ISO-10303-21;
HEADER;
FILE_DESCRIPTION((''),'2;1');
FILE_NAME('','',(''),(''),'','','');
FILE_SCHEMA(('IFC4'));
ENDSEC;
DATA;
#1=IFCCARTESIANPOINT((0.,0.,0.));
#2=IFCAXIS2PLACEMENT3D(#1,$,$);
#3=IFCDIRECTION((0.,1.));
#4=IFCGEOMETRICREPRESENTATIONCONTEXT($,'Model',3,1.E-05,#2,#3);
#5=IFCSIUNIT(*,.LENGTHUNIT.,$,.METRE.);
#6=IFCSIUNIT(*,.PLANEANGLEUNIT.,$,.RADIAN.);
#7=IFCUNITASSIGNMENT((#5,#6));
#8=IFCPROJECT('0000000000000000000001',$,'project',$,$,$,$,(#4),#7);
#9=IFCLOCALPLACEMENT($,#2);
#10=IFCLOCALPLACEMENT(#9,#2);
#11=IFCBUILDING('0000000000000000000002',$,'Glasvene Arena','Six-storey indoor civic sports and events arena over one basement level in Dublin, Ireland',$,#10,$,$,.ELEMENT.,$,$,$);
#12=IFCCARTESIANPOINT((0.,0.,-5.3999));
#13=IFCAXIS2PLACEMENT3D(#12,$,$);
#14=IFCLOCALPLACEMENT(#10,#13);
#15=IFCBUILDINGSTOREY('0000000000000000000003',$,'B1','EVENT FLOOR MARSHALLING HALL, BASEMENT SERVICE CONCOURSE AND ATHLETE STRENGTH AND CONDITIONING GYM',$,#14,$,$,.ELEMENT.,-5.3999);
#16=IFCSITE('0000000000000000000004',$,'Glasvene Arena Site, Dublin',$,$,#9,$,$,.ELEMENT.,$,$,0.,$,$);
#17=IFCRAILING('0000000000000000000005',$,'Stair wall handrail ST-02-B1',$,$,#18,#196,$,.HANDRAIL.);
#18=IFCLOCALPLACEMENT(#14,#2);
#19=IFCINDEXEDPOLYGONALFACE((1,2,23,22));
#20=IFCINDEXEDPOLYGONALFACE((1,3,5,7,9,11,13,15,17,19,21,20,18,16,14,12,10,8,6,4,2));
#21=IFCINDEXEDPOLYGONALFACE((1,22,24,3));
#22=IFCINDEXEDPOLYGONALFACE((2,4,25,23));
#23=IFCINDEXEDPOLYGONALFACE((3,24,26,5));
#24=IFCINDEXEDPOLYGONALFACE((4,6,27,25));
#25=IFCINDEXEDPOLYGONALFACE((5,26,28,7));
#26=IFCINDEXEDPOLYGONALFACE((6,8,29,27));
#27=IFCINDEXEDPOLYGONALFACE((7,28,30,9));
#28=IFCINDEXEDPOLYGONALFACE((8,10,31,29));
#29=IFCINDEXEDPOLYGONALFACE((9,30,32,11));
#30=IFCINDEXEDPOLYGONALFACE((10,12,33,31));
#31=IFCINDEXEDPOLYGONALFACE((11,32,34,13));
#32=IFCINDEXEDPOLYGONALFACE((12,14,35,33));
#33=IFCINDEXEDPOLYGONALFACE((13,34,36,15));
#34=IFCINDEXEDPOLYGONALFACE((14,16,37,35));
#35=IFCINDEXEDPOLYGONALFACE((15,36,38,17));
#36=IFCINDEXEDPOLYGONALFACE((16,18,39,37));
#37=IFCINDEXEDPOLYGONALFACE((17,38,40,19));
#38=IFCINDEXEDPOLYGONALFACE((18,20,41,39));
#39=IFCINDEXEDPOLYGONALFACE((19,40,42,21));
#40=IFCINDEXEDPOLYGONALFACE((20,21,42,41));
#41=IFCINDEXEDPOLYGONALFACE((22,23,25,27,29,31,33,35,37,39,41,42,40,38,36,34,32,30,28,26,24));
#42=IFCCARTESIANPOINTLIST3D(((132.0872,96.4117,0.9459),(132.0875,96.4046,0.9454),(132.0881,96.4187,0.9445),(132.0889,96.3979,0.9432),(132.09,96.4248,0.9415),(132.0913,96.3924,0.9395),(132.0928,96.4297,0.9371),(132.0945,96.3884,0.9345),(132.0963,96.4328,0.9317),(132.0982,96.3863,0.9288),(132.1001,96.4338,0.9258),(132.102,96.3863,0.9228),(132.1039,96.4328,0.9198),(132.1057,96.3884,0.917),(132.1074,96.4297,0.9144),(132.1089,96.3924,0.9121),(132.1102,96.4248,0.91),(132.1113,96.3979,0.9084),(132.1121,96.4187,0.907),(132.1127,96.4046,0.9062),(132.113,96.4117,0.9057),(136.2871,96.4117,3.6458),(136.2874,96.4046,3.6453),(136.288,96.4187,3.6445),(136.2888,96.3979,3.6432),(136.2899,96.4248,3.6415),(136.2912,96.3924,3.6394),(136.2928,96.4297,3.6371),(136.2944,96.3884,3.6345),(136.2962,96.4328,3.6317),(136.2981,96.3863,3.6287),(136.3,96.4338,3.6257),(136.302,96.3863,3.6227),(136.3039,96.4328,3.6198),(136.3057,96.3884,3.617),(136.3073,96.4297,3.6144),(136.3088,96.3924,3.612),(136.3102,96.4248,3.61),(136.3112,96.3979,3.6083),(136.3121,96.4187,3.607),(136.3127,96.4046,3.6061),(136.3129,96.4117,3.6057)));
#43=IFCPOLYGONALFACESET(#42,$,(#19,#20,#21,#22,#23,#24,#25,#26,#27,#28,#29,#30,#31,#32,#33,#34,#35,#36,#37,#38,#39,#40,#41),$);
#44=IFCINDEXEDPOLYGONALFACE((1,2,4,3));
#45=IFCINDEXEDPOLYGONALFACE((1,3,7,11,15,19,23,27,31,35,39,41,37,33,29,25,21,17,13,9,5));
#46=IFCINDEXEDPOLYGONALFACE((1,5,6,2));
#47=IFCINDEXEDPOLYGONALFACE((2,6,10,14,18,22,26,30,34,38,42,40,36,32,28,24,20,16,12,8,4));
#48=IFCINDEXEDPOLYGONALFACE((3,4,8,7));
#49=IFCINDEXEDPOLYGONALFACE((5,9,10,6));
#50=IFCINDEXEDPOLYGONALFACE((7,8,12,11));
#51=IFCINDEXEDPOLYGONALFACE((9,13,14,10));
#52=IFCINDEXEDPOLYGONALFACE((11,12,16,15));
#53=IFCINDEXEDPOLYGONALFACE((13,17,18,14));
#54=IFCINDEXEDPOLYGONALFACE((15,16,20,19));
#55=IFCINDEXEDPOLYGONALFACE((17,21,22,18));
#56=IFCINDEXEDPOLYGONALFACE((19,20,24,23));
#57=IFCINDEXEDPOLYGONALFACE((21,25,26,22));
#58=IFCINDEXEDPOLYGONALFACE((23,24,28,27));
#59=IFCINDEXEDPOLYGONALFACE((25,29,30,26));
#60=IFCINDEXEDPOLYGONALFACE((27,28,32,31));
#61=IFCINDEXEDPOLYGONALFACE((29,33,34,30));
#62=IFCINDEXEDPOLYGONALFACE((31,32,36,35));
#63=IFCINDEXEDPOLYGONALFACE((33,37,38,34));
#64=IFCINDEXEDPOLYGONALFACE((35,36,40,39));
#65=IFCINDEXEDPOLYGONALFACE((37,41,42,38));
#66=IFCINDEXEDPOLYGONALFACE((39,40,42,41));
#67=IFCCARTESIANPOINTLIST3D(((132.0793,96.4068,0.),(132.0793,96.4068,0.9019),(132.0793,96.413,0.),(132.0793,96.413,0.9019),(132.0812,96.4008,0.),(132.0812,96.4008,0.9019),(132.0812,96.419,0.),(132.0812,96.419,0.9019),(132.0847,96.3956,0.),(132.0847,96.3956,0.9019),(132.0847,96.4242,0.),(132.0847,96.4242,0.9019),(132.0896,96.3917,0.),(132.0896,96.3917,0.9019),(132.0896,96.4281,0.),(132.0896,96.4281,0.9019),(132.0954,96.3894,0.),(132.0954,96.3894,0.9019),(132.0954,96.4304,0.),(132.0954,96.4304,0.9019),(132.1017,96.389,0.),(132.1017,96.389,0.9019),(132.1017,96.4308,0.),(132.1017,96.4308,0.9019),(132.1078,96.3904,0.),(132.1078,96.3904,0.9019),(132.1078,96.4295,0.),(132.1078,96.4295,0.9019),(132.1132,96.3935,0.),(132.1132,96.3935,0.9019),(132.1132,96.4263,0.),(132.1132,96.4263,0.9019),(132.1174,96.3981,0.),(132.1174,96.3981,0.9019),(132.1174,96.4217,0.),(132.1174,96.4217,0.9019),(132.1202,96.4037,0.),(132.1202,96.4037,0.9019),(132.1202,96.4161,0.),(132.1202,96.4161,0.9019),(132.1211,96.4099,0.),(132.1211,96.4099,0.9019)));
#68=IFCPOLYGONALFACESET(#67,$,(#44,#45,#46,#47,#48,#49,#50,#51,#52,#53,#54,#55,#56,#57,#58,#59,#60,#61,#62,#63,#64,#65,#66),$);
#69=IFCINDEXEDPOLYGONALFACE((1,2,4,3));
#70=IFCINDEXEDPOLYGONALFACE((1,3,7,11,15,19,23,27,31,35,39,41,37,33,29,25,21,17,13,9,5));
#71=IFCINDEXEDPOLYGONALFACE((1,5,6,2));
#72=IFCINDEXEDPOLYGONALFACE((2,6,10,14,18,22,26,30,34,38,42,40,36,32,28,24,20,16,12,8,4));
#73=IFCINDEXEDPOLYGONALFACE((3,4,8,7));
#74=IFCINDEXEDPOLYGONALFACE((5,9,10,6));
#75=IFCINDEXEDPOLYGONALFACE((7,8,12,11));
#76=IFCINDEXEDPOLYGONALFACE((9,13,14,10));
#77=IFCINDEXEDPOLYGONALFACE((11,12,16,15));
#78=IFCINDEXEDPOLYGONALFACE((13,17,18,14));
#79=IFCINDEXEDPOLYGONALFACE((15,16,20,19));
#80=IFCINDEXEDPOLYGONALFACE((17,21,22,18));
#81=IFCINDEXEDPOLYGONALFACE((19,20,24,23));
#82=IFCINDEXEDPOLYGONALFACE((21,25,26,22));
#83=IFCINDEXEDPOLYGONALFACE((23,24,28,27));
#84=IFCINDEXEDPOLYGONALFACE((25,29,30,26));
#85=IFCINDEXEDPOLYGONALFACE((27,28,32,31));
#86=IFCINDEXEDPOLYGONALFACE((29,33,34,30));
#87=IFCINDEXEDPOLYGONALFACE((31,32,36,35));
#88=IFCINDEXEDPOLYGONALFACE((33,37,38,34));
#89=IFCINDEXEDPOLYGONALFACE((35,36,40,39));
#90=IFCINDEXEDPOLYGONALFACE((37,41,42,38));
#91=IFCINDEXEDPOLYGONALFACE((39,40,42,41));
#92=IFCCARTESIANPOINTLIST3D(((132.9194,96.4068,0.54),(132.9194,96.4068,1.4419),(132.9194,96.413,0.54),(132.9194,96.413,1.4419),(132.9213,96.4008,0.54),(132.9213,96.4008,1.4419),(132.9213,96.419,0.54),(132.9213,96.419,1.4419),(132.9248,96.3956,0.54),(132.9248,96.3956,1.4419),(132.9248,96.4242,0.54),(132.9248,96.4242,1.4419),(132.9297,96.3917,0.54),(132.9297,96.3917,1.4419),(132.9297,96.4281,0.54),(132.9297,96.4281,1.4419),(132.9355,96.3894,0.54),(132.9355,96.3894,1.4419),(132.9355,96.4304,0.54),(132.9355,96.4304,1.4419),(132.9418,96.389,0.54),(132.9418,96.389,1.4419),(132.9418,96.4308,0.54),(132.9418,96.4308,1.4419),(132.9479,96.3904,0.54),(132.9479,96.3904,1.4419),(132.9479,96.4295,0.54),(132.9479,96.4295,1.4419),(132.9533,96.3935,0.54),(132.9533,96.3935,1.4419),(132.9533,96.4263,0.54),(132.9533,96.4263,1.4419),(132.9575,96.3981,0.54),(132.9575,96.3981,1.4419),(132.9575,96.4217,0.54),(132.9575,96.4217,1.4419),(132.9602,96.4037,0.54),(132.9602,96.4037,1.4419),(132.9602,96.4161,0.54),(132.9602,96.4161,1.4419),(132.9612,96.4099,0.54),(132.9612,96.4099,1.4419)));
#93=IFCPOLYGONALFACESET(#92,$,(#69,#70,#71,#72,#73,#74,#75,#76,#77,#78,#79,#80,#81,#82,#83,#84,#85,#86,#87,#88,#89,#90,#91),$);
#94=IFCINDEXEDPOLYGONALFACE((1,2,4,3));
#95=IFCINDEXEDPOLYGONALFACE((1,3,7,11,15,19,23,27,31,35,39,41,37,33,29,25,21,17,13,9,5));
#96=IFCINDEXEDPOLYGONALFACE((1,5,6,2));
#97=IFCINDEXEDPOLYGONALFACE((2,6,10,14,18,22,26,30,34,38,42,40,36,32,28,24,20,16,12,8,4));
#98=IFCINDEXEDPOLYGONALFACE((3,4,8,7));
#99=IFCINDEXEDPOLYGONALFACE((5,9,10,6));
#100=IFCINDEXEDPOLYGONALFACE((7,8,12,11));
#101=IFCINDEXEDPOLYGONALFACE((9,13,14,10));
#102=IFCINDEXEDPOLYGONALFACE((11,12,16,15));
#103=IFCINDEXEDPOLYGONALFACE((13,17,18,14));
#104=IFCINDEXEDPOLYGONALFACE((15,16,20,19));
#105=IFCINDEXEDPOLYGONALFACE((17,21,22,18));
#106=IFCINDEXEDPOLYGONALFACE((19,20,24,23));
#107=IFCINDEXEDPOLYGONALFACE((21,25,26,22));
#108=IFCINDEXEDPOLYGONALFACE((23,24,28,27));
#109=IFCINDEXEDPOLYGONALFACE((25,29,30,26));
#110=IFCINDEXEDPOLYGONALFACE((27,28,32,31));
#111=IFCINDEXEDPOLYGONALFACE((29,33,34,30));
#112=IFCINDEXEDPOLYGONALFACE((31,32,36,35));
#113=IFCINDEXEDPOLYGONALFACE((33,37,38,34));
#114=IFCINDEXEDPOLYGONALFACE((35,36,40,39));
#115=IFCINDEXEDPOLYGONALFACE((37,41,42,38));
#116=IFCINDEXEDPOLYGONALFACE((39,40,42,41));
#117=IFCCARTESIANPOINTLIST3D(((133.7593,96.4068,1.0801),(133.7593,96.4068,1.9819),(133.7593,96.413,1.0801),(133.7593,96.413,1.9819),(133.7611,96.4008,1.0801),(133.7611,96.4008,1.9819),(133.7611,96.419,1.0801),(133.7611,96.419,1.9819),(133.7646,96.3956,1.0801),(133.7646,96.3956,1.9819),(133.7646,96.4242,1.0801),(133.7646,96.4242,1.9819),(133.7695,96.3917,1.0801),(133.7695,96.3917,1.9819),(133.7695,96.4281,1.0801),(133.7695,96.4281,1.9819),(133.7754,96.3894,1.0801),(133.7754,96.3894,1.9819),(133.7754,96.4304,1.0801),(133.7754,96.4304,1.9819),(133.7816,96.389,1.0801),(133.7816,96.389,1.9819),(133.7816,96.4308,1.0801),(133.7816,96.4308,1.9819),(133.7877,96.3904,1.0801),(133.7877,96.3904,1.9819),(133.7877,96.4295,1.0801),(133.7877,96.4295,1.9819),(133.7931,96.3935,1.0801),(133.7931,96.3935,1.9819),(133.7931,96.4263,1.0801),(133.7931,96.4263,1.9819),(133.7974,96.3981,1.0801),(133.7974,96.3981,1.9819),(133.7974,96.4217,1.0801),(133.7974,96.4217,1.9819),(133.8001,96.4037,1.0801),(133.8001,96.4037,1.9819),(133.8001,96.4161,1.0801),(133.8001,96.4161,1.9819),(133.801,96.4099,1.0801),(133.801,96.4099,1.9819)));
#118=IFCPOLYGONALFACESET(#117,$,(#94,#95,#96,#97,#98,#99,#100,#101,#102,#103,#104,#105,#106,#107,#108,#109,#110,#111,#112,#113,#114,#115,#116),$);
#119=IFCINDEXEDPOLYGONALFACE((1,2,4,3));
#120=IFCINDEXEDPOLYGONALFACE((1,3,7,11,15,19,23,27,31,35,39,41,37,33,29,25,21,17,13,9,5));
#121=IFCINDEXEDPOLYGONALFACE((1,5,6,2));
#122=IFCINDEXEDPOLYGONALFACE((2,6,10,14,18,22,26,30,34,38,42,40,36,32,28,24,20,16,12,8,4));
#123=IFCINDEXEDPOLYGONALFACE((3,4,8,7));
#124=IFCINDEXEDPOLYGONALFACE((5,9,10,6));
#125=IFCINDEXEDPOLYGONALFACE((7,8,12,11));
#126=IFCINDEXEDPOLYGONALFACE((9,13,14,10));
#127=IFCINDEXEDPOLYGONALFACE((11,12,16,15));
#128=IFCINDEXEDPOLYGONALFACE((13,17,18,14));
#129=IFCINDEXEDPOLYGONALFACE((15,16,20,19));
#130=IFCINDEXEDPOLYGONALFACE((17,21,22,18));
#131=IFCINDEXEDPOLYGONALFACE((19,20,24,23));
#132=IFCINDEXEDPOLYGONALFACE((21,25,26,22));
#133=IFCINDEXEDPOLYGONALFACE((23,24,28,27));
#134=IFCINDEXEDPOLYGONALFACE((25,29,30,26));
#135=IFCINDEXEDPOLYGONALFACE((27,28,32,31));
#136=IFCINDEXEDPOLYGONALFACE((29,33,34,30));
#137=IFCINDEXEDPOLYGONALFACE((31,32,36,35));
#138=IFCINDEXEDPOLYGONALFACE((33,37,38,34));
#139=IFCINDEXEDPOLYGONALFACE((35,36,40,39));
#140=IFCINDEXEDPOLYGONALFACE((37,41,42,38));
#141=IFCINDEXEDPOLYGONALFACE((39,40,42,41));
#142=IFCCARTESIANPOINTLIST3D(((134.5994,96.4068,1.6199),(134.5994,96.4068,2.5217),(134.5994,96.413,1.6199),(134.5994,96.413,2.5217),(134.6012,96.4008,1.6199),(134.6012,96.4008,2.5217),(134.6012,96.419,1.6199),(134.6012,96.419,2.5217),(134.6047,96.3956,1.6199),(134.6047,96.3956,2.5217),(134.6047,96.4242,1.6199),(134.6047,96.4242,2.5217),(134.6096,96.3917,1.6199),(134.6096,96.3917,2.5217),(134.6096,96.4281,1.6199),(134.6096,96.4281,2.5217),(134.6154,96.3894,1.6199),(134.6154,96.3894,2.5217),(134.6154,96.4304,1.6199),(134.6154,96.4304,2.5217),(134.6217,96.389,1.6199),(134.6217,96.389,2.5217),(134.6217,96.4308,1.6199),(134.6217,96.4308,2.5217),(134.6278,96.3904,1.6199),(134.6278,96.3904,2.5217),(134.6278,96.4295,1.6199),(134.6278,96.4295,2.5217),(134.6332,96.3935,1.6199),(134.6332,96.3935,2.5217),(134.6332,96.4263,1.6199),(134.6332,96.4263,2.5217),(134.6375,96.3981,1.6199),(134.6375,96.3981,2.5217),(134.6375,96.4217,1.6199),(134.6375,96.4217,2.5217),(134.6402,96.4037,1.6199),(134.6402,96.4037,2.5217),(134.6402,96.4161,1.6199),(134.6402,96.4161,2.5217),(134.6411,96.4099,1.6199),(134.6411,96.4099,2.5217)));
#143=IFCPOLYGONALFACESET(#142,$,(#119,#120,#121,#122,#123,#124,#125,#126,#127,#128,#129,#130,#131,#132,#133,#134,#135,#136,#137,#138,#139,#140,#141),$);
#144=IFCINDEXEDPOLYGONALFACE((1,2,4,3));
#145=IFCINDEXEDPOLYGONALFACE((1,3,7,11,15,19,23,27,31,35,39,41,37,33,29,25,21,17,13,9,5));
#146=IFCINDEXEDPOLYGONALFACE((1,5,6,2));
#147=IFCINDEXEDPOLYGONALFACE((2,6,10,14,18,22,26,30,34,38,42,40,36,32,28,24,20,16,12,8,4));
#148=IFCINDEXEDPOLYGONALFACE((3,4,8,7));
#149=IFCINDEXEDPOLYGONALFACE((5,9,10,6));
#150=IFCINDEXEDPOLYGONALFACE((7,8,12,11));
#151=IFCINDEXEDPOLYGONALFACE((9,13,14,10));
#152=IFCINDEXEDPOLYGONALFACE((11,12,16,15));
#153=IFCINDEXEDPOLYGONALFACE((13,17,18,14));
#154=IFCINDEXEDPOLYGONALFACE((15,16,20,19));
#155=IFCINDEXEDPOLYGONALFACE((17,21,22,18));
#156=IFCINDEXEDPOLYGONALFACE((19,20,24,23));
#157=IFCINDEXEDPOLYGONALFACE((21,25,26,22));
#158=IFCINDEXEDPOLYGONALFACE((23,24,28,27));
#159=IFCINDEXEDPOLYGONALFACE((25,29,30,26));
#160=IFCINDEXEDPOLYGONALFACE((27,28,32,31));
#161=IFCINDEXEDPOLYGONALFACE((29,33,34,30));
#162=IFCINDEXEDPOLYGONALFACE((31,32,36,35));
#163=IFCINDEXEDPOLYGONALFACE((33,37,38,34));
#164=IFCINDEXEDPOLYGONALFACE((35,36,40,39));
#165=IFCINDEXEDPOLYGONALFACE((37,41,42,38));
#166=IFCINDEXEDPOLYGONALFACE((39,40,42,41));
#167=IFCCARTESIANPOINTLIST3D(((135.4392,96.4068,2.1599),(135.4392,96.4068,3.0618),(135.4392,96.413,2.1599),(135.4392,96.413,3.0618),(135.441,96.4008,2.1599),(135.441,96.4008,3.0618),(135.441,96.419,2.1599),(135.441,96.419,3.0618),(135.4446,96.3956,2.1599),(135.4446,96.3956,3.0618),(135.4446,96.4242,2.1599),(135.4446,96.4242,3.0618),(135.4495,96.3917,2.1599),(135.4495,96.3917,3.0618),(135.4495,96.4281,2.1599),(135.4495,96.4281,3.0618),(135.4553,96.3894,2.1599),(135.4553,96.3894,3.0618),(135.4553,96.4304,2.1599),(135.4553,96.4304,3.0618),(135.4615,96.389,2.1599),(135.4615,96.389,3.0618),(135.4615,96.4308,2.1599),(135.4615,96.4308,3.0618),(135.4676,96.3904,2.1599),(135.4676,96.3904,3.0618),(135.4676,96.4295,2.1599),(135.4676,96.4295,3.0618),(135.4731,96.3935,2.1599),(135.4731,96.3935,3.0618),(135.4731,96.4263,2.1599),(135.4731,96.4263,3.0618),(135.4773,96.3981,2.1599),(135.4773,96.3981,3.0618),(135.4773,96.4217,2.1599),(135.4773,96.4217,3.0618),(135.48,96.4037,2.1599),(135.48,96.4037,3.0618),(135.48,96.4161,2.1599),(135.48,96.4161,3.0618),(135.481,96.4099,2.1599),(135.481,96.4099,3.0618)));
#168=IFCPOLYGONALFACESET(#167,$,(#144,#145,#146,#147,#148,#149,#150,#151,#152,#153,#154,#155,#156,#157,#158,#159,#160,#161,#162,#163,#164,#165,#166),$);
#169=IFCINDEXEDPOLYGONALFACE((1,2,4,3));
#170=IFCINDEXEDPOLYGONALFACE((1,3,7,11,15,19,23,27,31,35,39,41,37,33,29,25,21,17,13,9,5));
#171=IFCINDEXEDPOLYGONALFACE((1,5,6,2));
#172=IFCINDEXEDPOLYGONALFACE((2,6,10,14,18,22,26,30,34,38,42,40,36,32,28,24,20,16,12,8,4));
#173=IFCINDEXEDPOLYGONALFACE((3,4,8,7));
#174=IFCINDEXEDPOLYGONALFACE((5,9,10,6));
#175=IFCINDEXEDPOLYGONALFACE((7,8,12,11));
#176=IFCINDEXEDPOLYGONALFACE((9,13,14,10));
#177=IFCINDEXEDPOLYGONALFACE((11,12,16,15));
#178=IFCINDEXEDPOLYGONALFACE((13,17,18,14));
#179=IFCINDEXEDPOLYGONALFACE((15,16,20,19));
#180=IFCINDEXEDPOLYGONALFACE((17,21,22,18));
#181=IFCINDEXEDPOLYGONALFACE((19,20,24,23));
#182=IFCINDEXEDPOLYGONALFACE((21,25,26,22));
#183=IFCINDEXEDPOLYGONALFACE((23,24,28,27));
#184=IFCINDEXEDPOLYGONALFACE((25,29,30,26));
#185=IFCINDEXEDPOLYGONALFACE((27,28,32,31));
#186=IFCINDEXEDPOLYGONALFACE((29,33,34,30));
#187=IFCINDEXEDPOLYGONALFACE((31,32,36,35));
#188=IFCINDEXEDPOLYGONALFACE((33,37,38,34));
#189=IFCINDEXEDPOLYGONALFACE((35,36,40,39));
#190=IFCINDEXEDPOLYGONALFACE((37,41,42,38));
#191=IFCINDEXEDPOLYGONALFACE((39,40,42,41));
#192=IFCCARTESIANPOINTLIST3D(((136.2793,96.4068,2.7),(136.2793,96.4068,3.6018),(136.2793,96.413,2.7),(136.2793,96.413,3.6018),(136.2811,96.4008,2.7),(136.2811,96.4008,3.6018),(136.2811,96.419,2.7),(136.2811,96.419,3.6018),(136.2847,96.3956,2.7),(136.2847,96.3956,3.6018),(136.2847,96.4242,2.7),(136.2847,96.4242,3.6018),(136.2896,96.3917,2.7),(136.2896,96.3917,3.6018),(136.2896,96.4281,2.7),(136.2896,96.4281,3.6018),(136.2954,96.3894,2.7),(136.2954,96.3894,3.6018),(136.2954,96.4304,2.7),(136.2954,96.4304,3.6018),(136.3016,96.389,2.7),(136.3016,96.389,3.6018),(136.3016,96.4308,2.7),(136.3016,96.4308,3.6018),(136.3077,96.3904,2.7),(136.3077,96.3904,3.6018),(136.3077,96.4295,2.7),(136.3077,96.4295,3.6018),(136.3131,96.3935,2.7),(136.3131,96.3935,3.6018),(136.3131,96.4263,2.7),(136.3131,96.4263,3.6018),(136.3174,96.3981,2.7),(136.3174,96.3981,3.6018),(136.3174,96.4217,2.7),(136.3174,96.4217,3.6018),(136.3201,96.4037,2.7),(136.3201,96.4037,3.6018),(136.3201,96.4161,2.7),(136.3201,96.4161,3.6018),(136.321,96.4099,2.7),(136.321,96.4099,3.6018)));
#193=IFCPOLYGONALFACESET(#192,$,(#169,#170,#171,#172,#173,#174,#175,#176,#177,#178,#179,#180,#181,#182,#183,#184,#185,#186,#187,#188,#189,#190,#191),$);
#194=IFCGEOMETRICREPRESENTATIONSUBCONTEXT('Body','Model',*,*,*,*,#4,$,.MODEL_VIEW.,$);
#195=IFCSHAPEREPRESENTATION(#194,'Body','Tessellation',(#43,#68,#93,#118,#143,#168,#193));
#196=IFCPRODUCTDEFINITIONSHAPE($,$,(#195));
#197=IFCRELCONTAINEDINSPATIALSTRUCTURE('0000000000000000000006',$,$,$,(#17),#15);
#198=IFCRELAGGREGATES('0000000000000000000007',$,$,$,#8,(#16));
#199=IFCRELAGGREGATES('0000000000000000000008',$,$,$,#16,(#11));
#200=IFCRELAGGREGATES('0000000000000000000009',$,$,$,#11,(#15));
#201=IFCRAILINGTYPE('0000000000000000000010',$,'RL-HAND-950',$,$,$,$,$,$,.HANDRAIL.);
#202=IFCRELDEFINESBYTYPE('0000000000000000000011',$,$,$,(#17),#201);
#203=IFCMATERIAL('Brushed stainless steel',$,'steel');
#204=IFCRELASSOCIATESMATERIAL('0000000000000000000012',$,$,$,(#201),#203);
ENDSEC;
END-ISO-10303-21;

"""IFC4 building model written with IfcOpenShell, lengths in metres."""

from ifc_helpers import new_model, si_unit, direction, frame, origin, origin_2d, place, context, subcontext, project, spatial, circle, extrude, material, type_object, element, save


model = new_model("IFC4")

# Units and contexts
model_context = context("Model", 3, precision=1e-05, world=origin(), true_north=direction((0.0, 1.0)))
body_context = subcontext(model_context, "Body", "Model", "MODEL_VIEW")
ifc_project = project(units=[si_unit("LENGTHUNIT", "METRE"), si_unit("PLANEANGLEUNIT", "RADIAN")], contexts=[model_context])

# Site, building, storey
site_placement = place(None, origin())
site = spatial("IfcSite", under=ifc_project, at=site_placement, Name="Glasvene Arena Site, Dublin", CompositionType="ELEMENT", RefElevation=0.0)
building_placement = place(site_placement, origin())
building = spatial("IfcBuilding", under=site, at=building_placement, Name="Glasvene Arena", Description="Six-storey indoor civic sports and events arena over one basement level in Dublin, Ireland", CompositionType="ELEMENT")
storey_placement = place(building_placement, frame((0.0, 0.0, -5.3999)))
storey = spatial("IfcBuildingStorey", under=building, at=storey_placement, Name="B1", Description="EVENT FLOOR MARSHALLING HALL, BASEMENT SERVICE CONCOURSE AND ATHLETE STRENGTH AND CONDITIONING GYM", CompositionType="ELEMENT", Elevation=-5.3999)

# Railing
ifc_material_1 = material(Name="Brushed stainless steel", Category="steel")
railing_type_1 = type_object("IfcRailingType", Name="RL-HAND-950", PredefinedType="HANDRAIL", material=ifc_material_1)
railing_1_placement = place(storey_placement, frame((132.1001, 96.4099, 0.0)))
element("IfcRailing", 1, at=railing_1_placement, inside=storey, type_object=railing_type_1, Name="Stair wall handrail ST-02-B1", PredefinedType="HANDRAIL", context=body_context, shape_type="SweptSolid", body=[
    extrude(circle(Radius=0.0239, at=origin_2d()), frame((0.0, 0.0, 0.9258), z_axis=(0.84118, 0.0, 0.540755), x_axis=(0.0, 1.0, 0.0)), (0.0, 0.0, 1.0), 4.9929),
    extrude(circle(Radius=0.021, at=origin_2d()), origin(), (0.0, 0.0, 1.0), 0.9019),
    extrude(circle(Radius=0.021, at=origin_2d()), frame((0.8401, 0.0, 0.54)), (0.0, 0.0, 1.0), 0.9019),
    extrude(circle(Radius=0.021, at=origin_2d()), frame((1.6799, 0.0, 1.0801)), (0.0, 0.0, 1.0), 0.9019),
    extrude(circle(Radius=0.021, at=origin_2d()), frame((2.52, 0.0, 1.6199)), (0.0, 0.0, 1.0), 0.9019),
    extrude(circle(Radius=0.021, at=origin_2d()), frame((3.3599, 0.0, 2.1599)), (0.0, 0.0, 1.0), 0.9019),
    extrude(circle(Radius=0.021, at=origin_2d()), frame((4.2, 0.0, 2.7)), (0.0, 0.0, 1.0), 0.9019),
])

save(model, "model.ifc")
